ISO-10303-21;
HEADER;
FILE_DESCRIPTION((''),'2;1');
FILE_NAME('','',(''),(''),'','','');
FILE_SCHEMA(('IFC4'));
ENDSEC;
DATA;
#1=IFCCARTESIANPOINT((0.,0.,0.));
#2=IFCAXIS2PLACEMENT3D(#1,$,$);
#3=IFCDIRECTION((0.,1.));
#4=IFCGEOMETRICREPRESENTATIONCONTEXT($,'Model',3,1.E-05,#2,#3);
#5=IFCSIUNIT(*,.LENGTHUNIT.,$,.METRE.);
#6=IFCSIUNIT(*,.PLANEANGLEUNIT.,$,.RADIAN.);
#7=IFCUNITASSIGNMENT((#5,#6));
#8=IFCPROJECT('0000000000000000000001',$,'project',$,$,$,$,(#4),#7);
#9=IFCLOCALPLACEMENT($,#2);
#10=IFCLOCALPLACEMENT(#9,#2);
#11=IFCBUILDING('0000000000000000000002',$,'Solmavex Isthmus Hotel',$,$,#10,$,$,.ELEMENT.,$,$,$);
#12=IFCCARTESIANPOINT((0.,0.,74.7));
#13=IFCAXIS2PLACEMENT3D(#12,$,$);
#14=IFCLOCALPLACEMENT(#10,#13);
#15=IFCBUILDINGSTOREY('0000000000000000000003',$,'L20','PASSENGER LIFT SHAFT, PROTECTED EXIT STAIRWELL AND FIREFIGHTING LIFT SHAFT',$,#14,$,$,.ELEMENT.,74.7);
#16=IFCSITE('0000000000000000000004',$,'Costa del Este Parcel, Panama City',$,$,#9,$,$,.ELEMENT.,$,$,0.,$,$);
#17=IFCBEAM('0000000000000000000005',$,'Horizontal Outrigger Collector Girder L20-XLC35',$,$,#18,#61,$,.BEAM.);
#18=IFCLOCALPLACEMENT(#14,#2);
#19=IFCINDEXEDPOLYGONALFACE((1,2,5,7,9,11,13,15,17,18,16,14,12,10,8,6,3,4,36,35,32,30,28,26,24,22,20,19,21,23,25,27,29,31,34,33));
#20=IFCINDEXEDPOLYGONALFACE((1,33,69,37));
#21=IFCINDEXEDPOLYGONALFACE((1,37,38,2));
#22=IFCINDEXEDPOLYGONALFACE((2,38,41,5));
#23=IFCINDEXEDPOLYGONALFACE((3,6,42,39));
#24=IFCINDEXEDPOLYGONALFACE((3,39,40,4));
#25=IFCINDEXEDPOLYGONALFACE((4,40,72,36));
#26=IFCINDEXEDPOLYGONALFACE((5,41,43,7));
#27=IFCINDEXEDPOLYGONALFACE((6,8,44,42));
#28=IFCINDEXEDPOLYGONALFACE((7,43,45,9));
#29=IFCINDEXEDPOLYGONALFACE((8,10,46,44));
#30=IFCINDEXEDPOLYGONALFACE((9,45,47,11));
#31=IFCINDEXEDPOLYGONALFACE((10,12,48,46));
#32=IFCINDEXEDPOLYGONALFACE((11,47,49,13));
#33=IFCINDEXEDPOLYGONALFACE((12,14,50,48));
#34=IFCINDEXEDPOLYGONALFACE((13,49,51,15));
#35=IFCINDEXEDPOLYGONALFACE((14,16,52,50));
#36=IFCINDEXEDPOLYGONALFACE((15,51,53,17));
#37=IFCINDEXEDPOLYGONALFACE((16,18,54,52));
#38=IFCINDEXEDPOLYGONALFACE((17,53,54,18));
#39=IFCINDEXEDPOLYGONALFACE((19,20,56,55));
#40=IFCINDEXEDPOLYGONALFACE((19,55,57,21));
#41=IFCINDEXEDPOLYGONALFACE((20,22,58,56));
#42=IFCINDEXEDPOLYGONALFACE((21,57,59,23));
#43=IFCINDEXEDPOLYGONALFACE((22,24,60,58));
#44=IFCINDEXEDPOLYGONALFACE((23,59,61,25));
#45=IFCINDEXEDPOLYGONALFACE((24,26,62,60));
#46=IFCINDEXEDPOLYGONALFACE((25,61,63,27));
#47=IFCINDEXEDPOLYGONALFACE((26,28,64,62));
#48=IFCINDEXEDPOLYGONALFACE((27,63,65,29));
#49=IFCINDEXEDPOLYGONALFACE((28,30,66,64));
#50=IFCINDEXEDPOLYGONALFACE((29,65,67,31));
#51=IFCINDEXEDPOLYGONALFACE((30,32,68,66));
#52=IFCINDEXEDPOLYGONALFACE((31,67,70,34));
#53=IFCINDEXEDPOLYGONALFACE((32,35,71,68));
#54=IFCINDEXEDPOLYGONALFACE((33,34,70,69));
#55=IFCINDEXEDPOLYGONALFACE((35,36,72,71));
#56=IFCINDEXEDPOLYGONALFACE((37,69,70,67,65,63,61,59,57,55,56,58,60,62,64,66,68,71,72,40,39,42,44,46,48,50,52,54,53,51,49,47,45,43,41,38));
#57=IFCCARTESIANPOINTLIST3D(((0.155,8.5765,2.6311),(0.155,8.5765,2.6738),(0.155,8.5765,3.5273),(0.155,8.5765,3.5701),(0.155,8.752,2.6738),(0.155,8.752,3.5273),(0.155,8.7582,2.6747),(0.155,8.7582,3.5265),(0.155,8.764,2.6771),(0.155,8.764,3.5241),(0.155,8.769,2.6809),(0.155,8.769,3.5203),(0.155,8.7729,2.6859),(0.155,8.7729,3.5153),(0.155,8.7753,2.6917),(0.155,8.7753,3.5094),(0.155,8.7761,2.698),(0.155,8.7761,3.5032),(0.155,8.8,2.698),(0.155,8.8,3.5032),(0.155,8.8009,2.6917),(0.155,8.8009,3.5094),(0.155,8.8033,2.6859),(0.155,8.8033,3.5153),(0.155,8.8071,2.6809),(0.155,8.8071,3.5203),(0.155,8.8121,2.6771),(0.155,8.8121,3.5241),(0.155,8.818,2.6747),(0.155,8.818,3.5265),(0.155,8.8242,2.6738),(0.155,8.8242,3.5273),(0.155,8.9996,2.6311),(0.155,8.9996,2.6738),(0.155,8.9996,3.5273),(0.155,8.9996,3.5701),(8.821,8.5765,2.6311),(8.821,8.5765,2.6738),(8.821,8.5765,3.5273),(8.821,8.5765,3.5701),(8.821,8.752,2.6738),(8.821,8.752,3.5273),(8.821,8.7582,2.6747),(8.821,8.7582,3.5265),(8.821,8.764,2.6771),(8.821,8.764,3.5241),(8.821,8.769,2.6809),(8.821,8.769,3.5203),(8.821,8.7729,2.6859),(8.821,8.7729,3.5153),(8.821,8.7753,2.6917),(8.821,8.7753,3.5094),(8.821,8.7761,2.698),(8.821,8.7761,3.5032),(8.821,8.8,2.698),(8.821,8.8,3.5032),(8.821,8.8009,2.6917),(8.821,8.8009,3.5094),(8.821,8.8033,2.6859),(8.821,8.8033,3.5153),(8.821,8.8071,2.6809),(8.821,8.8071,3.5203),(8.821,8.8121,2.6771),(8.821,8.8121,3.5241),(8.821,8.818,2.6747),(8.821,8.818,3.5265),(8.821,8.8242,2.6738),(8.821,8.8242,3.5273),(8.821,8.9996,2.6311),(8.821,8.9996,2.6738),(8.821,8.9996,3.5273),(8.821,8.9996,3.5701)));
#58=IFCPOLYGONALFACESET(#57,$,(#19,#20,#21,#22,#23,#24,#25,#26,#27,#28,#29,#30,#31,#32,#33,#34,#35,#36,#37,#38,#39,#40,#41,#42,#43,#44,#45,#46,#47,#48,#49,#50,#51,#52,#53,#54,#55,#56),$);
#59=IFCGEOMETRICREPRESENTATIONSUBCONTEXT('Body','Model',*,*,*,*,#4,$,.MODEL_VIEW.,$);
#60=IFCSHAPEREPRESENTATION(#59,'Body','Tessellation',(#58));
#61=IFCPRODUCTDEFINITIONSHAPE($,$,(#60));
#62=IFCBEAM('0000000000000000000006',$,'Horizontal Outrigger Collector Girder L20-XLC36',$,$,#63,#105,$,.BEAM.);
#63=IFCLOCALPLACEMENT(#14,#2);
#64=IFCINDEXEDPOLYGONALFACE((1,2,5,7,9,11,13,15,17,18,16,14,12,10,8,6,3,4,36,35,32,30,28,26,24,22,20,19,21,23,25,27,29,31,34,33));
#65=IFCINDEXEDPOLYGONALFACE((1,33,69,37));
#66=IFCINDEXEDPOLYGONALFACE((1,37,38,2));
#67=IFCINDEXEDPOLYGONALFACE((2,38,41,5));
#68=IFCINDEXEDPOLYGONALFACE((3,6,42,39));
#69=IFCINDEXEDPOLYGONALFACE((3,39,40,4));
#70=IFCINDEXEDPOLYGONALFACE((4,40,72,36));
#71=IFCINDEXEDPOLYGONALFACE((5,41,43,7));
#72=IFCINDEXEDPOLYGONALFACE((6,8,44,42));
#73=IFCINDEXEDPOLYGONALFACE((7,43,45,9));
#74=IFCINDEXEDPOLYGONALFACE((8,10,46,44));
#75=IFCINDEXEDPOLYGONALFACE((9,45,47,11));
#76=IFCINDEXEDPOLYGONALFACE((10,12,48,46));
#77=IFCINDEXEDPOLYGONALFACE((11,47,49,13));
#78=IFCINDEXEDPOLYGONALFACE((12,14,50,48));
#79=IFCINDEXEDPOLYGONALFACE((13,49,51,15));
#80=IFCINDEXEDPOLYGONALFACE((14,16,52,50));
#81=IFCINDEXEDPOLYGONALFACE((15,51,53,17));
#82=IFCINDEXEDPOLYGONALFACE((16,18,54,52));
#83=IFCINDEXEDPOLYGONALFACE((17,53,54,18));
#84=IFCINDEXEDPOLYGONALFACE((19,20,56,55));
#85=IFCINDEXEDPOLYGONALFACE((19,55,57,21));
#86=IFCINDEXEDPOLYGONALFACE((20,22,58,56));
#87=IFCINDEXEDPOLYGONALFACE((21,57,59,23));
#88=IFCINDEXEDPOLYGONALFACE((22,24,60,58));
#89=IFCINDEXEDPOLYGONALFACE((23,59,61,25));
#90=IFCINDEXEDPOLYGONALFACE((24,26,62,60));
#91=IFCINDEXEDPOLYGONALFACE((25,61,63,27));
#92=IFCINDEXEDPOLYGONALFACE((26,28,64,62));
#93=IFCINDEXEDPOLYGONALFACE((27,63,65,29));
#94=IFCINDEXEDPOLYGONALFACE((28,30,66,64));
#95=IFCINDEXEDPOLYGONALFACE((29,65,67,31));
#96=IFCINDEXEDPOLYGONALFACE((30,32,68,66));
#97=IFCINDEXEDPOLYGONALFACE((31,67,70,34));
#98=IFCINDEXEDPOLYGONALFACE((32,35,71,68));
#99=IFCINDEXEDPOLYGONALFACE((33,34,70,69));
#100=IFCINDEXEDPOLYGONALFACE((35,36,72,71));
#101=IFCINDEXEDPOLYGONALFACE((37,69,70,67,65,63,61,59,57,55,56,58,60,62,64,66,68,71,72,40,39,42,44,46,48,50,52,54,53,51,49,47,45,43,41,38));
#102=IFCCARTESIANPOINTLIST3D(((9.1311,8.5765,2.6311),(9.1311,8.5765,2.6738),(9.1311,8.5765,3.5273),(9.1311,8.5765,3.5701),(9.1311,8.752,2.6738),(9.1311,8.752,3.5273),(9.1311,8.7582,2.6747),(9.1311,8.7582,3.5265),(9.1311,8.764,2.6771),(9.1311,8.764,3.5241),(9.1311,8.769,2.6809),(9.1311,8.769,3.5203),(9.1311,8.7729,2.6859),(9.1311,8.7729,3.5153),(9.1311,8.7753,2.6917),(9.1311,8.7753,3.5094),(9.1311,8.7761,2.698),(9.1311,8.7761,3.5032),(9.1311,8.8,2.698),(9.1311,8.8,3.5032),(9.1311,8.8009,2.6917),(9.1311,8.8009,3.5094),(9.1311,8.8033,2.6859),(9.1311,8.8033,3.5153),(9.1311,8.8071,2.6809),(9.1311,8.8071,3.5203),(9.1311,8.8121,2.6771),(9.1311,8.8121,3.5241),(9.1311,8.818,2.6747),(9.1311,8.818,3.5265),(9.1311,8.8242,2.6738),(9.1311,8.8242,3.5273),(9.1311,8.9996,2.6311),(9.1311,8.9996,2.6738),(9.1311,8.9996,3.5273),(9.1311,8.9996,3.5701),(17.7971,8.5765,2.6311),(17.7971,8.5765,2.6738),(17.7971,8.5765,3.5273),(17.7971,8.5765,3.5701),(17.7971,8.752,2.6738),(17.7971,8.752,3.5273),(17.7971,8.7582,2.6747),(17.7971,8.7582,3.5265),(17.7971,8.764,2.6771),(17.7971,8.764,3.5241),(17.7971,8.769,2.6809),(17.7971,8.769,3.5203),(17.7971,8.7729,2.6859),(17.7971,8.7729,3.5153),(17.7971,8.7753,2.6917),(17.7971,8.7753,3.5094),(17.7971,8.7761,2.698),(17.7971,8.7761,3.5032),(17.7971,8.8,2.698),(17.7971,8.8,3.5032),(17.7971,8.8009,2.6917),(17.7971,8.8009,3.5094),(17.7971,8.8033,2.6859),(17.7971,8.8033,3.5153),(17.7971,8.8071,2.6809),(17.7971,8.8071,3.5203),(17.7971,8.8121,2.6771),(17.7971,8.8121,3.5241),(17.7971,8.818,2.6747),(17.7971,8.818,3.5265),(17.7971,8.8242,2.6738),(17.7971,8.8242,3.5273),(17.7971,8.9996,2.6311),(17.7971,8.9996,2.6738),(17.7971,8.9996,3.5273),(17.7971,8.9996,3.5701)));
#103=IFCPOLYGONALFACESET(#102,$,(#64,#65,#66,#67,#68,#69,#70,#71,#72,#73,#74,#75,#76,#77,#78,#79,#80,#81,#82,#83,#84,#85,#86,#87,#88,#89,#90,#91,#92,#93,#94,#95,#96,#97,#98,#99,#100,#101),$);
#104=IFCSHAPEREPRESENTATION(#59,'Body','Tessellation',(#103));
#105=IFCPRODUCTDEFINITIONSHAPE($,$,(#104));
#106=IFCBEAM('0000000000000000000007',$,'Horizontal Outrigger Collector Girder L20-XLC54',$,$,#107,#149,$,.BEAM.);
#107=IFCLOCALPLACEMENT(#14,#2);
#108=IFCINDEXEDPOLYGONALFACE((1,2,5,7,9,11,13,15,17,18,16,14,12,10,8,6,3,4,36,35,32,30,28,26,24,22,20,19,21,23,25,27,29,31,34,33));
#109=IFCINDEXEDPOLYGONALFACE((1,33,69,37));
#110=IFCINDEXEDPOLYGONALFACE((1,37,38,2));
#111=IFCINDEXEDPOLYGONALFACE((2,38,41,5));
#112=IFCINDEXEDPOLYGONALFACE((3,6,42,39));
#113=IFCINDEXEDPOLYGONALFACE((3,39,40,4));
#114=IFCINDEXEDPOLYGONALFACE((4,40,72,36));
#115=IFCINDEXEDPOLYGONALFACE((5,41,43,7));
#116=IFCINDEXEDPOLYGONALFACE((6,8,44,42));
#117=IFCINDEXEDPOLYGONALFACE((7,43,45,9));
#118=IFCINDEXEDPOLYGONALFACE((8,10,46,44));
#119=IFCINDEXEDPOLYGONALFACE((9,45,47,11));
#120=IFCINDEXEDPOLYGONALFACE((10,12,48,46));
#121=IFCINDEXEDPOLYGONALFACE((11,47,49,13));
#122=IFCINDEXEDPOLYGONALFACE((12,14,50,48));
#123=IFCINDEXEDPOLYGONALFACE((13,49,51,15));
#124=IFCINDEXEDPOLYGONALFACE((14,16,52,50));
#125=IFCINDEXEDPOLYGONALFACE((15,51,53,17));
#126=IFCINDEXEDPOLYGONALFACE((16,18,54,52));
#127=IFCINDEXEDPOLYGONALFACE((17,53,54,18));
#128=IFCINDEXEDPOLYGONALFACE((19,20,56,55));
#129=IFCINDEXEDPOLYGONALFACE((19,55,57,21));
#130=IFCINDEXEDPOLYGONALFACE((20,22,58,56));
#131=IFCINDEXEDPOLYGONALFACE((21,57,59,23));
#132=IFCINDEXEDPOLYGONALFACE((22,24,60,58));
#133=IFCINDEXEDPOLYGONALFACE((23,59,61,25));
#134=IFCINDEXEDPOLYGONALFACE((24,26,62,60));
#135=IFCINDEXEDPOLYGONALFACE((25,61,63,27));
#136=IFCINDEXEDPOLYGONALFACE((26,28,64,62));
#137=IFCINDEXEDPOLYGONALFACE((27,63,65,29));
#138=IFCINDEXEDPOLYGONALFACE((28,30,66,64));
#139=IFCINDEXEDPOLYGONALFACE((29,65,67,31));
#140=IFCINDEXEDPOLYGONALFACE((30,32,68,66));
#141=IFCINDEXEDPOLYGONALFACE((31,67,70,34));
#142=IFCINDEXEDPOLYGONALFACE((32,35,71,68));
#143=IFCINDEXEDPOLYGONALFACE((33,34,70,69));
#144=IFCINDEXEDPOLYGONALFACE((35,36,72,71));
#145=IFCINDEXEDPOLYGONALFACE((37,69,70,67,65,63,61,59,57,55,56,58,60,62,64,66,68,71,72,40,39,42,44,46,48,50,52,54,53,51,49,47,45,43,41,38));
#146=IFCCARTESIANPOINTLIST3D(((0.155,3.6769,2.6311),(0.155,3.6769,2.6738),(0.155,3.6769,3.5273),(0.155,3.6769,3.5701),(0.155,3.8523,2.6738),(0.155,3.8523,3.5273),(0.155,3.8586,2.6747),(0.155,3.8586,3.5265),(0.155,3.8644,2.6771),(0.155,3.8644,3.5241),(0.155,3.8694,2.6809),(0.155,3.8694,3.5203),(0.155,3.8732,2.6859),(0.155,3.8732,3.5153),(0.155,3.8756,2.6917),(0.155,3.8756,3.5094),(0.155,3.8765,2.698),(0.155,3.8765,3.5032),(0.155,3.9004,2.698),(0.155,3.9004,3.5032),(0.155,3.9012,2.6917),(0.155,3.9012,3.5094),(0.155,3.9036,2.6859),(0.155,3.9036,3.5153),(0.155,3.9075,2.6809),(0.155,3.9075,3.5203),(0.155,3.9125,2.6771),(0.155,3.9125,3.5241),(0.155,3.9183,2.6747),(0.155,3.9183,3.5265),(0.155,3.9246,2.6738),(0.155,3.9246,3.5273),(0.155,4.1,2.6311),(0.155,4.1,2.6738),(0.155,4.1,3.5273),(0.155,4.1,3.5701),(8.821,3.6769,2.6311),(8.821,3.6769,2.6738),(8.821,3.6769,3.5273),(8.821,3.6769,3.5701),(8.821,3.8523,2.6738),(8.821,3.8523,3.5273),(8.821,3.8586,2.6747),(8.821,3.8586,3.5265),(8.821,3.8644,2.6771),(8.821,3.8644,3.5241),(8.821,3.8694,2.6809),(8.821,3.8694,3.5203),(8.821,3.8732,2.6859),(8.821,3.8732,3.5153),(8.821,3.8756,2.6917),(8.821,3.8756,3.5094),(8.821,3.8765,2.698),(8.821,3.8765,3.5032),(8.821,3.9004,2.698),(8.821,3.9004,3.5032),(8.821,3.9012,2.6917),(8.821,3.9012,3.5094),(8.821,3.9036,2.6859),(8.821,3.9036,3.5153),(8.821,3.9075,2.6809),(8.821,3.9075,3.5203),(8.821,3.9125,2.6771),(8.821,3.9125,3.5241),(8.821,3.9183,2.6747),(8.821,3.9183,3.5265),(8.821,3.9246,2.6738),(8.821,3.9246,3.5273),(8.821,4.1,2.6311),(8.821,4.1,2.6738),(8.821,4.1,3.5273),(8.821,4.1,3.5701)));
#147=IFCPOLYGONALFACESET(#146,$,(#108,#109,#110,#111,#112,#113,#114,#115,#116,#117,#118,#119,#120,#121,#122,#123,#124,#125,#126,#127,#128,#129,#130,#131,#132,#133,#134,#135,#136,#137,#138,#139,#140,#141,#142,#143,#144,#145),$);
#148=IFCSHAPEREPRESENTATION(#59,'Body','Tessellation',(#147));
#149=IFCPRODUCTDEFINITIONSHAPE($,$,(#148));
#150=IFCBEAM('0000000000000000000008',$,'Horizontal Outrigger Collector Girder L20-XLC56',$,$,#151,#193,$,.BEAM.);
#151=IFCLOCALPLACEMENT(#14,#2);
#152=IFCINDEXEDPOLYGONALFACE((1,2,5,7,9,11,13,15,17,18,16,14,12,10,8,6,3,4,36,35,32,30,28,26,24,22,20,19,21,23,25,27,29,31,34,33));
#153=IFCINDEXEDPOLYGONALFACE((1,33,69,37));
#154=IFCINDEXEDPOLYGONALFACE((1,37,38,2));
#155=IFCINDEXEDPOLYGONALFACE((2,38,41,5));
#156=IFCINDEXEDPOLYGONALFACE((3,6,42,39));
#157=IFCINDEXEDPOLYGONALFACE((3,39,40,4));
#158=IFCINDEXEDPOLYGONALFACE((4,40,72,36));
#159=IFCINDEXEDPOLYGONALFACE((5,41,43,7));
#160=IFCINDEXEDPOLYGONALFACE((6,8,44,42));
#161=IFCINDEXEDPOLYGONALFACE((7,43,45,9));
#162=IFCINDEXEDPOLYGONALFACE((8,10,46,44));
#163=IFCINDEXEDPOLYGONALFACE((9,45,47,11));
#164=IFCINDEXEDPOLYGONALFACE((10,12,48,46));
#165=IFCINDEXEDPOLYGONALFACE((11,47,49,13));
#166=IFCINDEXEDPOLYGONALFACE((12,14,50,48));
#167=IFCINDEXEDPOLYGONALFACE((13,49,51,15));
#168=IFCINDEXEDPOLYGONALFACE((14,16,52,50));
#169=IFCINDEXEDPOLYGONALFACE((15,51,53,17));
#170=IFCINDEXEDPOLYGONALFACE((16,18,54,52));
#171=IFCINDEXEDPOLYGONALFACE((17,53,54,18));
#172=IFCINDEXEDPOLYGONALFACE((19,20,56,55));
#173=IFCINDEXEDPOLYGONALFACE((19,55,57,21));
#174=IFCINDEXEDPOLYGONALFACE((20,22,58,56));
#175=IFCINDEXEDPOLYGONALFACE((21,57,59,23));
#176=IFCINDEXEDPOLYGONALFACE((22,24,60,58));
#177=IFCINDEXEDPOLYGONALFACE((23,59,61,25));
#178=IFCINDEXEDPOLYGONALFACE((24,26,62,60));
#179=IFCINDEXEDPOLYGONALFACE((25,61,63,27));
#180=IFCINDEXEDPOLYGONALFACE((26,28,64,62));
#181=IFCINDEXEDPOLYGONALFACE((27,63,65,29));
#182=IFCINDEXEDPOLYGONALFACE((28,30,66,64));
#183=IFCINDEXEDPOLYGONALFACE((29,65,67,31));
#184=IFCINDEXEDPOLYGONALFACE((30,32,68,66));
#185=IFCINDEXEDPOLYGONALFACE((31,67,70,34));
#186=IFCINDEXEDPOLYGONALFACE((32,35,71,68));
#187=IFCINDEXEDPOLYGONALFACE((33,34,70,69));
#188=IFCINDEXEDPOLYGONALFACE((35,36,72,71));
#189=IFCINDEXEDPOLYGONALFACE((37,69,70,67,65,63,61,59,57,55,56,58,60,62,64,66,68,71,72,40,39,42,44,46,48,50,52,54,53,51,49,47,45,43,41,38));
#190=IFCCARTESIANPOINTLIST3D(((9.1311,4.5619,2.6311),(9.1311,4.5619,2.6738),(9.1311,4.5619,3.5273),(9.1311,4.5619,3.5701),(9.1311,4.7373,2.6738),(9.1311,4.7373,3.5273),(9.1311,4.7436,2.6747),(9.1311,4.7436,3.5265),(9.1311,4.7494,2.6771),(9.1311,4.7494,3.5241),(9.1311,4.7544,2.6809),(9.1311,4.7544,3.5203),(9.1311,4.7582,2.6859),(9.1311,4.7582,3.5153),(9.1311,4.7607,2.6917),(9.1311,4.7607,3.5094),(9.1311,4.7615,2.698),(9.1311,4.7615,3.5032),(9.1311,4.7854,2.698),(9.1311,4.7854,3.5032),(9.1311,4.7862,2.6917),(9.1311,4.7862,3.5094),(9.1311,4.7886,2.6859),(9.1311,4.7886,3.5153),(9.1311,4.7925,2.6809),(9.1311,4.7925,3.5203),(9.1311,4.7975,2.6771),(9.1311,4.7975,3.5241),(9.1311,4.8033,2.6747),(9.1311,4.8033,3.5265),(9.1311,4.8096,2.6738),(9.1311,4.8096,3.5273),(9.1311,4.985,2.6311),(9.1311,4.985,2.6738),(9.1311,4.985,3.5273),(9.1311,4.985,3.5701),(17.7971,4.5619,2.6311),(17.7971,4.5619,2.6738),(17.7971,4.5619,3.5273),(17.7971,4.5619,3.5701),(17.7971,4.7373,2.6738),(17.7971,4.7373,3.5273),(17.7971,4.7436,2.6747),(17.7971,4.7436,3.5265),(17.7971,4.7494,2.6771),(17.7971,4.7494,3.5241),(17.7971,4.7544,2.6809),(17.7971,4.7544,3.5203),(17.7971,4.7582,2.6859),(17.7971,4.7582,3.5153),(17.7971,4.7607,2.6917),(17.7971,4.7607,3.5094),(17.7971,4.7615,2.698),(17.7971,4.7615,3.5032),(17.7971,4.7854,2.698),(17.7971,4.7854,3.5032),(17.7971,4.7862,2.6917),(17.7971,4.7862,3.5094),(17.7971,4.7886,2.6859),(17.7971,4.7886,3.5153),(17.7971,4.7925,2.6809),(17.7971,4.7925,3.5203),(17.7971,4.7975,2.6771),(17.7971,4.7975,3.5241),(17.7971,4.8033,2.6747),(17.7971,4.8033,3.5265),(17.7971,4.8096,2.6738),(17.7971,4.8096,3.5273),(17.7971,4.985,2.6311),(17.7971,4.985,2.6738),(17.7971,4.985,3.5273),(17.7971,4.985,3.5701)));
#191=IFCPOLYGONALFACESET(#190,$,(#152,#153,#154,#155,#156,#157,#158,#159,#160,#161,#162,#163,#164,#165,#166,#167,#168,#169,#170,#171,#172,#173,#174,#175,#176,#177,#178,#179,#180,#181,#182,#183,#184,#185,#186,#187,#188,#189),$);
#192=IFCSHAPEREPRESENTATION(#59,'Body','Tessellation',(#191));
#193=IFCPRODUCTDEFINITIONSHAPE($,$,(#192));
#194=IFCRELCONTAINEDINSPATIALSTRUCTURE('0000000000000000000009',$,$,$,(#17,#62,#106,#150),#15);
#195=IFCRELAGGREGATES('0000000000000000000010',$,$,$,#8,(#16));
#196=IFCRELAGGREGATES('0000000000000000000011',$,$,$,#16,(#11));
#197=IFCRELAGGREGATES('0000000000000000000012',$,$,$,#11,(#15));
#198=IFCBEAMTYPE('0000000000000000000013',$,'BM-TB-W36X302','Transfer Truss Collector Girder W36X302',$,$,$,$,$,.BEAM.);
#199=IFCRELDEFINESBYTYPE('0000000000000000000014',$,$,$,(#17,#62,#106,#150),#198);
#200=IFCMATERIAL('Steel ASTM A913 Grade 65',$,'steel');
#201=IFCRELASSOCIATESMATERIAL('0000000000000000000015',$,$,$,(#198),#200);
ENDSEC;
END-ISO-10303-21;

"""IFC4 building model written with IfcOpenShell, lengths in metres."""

from ifc_helpers import new_model, si_unit, direction, frame, origin, origin_2d, place, context, subcontext, project, spatial, i_section, extrude, material, material_profile, profile_set, type_object, element, save


model = new_model("IFC4")

# Units and contexts
model_context = context("Model", 3, precision=1e-05, world=origin(), true_north=direction((0.0, 1.0)))
body_context = subcontext(model_context, "Body", "Model", "MODEL_VIEW")
ifc_project = project(units=[si_unit("LENGTHUNIT", "METRE"), si_unit("PLANEANGLEUNIT", "RADIAN")], contexts=[model_context])

# Site, building, storey
site_placement = place(None, origin())
site = spatial("IfcSite", under=ifc_project, at=site_placement, Name="Costa del Este Parcel, Panama City", CompositionType="ELEMENT", RefElevation=0.0)
building_placement = place(site_placement, origin())
building = spatial("IfcBuilding", under=site, at=building_placement, Name="Solmavex Isthmus Hotel", CompositionType="ELEMENT")
storey_placement = place(building_placement, frame((0.0, 0.0, 74.7)))
storey = spatial("IfcBuildingStorey", under=building, at=storey_placement, Name="L20", Description="PASSENGER LIFT SHAFT, PROTECTED EXIT STAIRWELL AND FIREFIGHTING LIFT SHAFT", CompositionType="ELEMENT", Elevation=74.7)

# Shared definitions
ifc_material_1 = material(Name="Steel ASTM A913 Grade 65", Category="steel")

# Beams
ifc_material_profile_1 = material_profile(ifc_material_1, i_section(OverallWidth=0.4231, OverallDepth=0.939, WebThickness=0.0239, FlangeThickness=0.0427, FilletRadius=0.0242, at=origin_2d()), Name="W36X302")
ifc_profile_set_1 = profile_set([ifc_material_profile_1], Name="Steel ASTM A913 Grade 65")
beam_type_1 = type_object("IfcBeamType", Name="BM-TB-W36X302", Description="Transfer Truss Collector Girder W36X302", PredefinedType="BEAM", material=ifc_profile_set_1)
for number, where, z_axis, x_axis, name in (
    (1, (0.155, 8.7881, 3.1006), (1.0, 0.0, 0.0), (0.0, 1.0, 0.0), "Horizontal Outrigger Collector Girder L20-XLC35"),
    (2, (9.1311, 8.7881, 3.1006), (1.0, 0.0, 0.0), (0.0, 1.0, 0.0), "Horizontal Outrigger Collector Girder L20-XLC36"),
    (3, (0.155, 3.8884, 3.1006), (1.0, 0.0, 0.0), (0.0, 1.0, 0.0), "Horizontal Outrigger Collector Girder L20-XLC54"),
    (4, (9.1311, 4.7734, 3.1006), (1.0, 0.0, 0.0), (0.0, 1.0, 0.0), "Horizontal Outrigger Collector Girder L20-XLC56"),
):
    element("IfcBeam", number, at=place(storey_placement, frame(where, z_axis=z_axis, x_axis=x_axis)), inside=storey, type_object=beam_type_1, Name=name, PredefinedType="BEAM", context=body_context, shape_type="SweptSolid", body=[
        extrude(i_section(OverallWidth=0.4231, OverallDepth=0.939, WebThickness=0.0239, FlangeThickness=0.0427, FilletRadius=0.0242, at=origin_2d()), origin(), (0.0, 0.0, 1.0), 8.666),
    ])

save(model, "model.ifc")
